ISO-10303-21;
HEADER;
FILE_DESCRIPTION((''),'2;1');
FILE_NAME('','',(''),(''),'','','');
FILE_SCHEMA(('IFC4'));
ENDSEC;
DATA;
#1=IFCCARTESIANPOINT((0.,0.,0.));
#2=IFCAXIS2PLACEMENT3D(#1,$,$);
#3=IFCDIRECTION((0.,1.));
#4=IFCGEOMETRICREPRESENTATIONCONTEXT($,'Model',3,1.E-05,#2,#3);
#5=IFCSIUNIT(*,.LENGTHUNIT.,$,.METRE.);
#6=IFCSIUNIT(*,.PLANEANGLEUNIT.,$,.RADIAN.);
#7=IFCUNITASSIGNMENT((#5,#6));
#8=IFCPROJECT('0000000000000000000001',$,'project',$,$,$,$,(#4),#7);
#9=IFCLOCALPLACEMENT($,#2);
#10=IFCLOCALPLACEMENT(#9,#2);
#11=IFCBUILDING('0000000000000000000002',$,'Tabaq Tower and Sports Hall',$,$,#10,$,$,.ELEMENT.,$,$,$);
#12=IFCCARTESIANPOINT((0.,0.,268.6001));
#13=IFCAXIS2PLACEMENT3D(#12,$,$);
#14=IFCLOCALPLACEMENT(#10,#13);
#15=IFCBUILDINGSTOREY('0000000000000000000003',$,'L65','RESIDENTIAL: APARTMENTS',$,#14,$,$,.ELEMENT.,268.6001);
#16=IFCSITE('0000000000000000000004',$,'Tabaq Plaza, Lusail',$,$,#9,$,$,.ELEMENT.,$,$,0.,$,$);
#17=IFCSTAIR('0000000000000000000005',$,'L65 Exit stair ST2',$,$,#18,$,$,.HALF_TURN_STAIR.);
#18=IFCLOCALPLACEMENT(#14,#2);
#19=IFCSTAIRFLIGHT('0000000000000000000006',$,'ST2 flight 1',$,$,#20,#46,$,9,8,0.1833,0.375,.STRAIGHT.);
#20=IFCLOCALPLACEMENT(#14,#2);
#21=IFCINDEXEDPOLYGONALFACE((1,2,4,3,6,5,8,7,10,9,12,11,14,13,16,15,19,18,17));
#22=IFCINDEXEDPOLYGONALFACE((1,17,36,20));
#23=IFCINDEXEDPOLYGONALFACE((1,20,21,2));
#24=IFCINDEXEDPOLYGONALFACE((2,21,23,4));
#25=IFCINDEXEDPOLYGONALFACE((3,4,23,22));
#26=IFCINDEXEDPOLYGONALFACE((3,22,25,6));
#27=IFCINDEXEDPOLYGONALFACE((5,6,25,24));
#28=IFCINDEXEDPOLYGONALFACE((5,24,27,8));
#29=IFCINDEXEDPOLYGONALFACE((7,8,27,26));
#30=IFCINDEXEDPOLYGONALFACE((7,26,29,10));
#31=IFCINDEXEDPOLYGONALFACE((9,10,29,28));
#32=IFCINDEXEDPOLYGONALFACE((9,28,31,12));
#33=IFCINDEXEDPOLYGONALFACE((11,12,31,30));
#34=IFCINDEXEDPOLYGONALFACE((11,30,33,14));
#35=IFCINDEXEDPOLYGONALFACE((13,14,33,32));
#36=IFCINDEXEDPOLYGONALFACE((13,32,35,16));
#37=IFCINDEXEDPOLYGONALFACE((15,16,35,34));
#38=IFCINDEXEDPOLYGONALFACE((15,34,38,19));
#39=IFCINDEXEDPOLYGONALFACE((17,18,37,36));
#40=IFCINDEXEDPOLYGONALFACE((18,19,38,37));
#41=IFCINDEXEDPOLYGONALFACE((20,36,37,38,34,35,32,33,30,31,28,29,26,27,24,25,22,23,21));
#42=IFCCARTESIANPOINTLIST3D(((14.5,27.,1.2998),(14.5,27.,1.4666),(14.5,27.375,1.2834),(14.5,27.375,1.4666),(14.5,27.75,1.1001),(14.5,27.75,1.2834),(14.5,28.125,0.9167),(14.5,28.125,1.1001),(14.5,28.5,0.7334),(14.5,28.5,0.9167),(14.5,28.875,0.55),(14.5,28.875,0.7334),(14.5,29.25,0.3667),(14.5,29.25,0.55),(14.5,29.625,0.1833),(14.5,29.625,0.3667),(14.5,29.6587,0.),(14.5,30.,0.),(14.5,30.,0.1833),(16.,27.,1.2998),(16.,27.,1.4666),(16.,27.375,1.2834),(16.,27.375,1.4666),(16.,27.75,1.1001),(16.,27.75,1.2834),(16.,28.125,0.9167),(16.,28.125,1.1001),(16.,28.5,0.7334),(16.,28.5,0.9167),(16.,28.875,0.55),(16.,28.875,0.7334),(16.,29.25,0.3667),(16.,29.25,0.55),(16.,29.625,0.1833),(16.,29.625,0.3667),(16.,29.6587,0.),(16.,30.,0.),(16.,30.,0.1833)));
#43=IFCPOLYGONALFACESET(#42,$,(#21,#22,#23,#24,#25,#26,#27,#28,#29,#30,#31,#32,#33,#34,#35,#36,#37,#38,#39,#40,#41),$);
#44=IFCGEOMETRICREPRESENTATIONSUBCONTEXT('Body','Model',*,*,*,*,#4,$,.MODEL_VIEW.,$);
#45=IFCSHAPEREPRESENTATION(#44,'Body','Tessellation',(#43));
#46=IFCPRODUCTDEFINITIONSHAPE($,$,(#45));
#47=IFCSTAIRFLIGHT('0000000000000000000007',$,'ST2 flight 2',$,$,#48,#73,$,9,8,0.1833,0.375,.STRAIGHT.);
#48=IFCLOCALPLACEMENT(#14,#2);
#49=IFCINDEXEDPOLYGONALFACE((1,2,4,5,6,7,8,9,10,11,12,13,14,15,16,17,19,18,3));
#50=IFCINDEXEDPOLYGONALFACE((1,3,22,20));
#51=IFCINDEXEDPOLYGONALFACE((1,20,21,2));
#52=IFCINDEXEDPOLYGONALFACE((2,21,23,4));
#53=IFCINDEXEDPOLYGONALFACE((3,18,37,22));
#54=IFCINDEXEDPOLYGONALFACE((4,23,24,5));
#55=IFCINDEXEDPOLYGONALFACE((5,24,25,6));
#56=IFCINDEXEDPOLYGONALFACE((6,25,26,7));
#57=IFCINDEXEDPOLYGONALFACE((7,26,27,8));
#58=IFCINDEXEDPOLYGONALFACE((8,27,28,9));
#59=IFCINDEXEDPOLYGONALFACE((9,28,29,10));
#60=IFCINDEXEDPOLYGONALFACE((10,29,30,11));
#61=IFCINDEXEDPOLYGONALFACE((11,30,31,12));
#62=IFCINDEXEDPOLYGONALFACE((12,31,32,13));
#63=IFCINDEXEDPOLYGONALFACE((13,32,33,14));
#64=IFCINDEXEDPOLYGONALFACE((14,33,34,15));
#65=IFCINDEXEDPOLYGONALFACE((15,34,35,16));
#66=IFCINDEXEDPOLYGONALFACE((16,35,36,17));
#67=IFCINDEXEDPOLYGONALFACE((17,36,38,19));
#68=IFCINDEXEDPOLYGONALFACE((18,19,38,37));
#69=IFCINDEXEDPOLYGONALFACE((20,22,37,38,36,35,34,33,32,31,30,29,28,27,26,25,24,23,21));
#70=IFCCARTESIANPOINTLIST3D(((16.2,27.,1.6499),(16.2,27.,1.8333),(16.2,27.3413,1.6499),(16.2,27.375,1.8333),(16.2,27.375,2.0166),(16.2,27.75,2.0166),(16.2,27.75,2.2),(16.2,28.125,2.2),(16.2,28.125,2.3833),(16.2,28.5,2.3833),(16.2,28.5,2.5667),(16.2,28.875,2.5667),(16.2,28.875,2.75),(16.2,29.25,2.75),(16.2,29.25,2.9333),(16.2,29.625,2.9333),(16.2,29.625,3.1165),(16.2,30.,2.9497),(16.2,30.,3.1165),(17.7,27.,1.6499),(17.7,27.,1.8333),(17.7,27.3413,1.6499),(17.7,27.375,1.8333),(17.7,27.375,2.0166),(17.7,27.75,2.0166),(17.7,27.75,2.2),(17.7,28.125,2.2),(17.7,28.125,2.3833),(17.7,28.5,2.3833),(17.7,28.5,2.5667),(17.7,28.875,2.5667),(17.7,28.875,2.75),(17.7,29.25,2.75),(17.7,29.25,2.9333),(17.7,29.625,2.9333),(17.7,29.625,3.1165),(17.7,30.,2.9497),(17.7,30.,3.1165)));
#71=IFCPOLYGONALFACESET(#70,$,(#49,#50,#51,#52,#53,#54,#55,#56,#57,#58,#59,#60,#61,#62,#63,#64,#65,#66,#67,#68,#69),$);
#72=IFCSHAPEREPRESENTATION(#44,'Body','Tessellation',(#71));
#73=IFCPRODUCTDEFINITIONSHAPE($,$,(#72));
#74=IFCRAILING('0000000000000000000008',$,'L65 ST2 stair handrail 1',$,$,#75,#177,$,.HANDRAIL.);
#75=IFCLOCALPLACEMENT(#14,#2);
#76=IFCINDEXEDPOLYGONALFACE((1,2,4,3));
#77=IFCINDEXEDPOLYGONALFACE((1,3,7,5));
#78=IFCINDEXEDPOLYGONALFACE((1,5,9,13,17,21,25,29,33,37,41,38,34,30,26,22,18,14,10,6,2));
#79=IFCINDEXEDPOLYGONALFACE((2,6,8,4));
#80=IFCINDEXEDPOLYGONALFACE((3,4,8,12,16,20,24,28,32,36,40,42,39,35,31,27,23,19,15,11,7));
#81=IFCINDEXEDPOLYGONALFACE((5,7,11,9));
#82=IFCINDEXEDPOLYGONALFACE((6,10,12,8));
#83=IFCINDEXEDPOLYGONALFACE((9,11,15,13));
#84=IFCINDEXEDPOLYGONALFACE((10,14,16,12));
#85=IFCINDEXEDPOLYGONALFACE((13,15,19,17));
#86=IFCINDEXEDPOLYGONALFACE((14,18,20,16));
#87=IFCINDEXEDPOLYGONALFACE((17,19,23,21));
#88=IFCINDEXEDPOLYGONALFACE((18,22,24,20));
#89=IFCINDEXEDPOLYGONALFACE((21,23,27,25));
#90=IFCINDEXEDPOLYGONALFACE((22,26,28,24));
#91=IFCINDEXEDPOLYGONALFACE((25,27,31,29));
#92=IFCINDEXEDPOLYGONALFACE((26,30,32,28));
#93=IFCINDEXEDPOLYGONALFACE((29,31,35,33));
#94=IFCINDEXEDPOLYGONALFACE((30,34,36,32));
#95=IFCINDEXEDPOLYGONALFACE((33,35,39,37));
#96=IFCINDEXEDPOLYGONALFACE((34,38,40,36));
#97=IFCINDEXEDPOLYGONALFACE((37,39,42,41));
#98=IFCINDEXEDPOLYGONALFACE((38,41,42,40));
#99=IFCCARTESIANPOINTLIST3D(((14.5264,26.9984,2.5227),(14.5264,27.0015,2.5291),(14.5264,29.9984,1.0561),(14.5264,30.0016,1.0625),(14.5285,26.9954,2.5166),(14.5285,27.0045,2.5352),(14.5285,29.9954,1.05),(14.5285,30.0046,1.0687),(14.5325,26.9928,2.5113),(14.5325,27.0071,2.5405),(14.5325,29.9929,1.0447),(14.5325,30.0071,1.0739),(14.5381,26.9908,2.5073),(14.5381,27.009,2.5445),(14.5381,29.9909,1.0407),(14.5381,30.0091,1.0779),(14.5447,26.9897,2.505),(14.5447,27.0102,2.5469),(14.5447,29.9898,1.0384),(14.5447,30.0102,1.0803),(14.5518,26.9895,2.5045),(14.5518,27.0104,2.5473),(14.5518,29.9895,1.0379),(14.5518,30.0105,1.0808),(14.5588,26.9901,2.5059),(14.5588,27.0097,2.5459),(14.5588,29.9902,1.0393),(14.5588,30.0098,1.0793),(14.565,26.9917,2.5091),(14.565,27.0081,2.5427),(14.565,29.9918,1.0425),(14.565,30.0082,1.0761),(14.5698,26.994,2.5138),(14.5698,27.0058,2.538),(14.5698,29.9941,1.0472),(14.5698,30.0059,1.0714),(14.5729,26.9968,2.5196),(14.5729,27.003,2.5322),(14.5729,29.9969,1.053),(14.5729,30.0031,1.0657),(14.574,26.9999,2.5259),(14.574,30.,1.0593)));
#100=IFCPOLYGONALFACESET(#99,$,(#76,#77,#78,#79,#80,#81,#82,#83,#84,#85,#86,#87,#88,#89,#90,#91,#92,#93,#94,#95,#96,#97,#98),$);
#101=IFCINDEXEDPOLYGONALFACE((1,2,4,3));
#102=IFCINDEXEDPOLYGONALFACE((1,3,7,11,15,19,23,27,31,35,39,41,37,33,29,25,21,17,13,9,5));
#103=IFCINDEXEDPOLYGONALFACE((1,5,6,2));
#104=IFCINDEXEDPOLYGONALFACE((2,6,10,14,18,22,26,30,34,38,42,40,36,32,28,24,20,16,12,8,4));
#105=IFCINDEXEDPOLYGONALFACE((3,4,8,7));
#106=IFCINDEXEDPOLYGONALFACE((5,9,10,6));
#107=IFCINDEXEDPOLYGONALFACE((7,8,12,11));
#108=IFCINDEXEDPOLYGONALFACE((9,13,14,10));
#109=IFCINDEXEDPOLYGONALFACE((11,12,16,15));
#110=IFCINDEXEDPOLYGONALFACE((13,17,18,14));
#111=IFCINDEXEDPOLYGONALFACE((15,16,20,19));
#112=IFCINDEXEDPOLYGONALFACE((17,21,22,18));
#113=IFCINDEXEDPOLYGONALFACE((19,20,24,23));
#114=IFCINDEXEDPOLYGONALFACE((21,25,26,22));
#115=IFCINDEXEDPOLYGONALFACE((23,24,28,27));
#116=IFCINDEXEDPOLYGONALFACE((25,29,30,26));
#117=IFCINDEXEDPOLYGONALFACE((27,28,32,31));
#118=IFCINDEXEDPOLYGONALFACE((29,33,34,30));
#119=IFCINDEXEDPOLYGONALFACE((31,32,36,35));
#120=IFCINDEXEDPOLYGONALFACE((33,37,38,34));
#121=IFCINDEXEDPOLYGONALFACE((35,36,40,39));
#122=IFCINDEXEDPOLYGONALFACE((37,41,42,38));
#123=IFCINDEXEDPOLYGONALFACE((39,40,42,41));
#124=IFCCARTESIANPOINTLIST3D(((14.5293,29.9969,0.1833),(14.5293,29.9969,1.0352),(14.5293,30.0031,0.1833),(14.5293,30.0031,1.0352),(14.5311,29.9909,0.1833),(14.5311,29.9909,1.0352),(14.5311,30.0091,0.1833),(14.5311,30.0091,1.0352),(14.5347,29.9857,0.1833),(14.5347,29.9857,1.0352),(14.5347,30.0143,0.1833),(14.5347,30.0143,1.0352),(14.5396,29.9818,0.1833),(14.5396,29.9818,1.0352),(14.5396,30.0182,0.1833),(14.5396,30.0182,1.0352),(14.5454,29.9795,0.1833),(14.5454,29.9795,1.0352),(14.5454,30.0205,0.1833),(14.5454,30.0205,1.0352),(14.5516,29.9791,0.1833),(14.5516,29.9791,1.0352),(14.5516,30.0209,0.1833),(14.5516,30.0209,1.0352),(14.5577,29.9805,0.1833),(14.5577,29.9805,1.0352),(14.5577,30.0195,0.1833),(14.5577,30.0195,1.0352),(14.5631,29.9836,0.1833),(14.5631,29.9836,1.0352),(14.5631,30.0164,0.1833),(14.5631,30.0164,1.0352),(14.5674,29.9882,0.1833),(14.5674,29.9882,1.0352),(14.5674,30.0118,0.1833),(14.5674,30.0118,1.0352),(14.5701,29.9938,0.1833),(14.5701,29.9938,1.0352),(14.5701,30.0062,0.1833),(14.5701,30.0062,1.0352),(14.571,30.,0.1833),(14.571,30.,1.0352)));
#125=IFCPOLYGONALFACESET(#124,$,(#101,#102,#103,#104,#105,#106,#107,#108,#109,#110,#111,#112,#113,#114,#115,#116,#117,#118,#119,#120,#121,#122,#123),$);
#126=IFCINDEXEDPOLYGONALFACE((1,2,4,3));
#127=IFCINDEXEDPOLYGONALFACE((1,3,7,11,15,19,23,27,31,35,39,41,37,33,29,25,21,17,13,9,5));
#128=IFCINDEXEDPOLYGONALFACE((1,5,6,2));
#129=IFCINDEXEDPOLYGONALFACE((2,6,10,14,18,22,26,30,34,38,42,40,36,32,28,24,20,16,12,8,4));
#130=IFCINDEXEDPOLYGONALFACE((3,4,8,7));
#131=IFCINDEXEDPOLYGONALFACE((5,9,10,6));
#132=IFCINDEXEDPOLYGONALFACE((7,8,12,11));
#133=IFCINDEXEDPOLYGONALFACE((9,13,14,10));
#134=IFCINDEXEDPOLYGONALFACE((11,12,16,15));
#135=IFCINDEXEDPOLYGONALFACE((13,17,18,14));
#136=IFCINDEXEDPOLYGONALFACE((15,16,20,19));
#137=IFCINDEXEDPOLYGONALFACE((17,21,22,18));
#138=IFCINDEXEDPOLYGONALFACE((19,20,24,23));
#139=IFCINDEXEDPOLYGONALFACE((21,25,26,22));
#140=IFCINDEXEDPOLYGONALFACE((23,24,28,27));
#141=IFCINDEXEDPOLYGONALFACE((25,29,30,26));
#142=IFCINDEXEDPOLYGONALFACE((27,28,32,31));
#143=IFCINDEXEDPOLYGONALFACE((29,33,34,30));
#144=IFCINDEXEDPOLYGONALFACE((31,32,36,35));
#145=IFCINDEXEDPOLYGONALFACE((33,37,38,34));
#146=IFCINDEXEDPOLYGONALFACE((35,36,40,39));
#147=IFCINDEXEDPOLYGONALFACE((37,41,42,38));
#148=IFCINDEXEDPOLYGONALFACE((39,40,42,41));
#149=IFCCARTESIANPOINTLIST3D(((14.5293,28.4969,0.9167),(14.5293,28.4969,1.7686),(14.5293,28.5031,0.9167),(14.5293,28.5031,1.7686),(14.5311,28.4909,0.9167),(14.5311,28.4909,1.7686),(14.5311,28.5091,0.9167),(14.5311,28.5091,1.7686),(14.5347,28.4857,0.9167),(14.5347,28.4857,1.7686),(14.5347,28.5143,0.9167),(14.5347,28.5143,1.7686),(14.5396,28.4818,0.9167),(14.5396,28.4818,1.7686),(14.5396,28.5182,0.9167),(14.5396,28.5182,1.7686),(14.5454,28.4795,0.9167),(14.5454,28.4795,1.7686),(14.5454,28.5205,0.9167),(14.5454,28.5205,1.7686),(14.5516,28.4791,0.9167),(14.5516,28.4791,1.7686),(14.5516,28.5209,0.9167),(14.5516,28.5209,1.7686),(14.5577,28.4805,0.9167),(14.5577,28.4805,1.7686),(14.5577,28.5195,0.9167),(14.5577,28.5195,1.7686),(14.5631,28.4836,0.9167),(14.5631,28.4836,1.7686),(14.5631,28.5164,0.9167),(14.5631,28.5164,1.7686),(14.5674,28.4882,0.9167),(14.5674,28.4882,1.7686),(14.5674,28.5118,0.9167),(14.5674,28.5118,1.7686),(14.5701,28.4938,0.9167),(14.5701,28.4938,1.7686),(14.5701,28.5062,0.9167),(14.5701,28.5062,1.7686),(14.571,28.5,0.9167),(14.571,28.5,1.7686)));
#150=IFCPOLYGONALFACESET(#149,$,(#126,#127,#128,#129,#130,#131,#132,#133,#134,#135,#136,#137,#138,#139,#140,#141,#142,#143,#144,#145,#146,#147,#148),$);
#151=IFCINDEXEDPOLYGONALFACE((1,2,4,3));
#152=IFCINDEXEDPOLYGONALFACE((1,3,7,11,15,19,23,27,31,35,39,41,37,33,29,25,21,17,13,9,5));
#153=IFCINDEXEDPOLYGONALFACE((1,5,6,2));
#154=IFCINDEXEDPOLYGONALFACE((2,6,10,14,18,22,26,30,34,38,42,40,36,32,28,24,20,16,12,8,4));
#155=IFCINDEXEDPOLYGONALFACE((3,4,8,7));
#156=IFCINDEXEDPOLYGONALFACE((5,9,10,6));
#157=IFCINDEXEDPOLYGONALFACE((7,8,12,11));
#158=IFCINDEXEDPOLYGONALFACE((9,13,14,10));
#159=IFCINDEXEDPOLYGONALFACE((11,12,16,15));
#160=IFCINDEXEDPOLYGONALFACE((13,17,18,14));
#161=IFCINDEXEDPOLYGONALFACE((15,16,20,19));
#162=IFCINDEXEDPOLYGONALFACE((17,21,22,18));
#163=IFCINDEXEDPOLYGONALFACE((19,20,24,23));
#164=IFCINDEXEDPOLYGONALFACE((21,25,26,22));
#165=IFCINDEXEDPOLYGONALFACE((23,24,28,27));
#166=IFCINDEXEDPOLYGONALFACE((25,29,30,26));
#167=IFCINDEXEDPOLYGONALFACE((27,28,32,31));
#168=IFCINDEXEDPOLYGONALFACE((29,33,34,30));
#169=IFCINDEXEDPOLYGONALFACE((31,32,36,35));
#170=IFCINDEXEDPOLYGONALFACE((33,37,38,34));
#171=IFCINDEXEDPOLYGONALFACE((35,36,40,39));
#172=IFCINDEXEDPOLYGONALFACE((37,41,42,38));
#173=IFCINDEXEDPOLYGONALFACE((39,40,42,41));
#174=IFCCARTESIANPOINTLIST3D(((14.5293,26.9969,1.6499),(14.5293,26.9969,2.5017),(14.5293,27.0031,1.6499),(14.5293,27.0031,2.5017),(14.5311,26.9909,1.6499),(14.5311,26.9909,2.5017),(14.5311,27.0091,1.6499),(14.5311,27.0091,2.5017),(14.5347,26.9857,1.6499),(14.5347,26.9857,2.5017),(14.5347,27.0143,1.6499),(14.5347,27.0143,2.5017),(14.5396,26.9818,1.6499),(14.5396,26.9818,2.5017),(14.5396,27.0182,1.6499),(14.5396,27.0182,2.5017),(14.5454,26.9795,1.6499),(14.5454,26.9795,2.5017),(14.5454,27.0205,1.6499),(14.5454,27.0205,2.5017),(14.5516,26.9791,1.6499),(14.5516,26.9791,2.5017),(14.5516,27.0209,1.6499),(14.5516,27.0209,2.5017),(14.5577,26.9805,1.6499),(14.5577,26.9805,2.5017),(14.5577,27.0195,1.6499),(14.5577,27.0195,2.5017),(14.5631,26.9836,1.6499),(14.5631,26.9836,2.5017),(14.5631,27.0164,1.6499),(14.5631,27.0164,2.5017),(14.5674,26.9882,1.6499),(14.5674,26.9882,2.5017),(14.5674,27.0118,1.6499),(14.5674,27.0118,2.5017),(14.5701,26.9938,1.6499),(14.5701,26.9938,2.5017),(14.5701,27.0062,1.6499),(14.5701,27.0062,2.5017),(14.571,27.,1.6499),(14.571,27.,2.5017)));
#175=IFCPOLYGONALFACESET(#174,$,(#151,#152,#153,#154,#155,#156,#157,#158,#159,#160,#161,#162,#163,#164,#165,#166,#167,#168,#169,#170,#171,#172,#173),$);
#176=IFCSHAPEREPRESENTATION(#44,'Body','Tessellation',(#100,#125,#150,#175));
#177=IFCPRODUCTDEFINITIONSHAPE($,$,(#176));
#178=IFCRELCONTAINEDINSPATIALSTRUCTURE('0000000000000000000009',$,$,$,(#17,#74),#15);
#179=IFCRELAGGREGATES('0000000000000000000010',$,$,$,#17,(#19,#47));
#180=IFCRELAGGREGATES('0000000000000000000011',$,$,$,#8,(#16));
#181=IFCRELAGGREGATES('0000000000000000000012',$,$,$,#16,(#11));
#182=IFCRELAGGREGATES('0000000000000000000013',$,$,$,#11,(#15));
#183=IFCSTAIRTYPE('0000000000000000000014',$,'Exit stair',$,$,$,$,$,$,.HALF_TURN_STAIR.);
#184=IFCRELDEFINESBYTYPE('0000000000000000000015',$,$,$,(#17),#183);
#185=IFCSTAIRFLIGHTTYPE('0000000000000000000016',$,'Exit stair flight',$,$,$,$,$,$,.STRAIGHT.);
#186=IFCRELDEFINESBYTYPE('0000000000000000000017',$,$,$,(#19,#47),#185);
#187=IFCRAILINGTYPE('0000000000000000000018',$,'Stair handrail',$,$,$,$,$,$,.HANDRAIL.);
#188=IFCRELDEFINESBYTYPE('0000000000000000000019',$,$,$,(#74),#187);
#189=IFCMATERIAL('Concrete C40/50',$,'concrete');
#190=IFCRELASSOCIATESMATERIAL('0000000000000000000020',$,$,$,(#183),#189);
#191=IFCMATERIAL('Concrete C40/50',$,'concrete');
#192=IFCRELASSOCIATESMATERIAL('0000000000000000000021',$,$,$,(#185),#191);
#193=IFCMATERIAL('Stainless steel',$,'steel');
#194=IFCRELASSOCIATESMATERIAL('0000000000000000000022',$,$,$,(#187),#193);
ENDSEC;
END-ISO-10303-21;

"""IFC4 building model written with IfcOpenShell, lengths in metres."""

from ifc_helpers import new_model, si_unit, direction, frame, origin, origin_2d, place, context, subcontext, project, spatial, polyline, circle, outline, extrude, material, type_object, element, aggregate, save


model = new_model("IFC4")

# Units and contexts
model_context = context("Model", 3, precision=1e-05, world=origin(), true_north=direction((0.0, 1.0)))
body_context = subcontext(model_context, "Body", "Model", "MODEL_VIEW")
ifc_project = project(units=[si_unit("LENGTHUNIT", "METRE"), si_unit("PLANEANGLEUNIT", "RADIAN")], contexts=[model_context])

# Site, building, storey
site_placement = place(None, origin())
site = spatial("IfcSite", under=ifc_project, at=site_placement, Name="Tabaq Plaza, Lusail", CompositionType="ELEMENT", RefElevation=0.0)
building_placement = place(site_placement, origin())
building = spatial("IfcBuilding", under=site, at=building_placement, Name="Tabaq Tower and Sports Hall", CompositionType="ELEMENT")
storey_placement = place(building_placement, frame((0.0, 0.0, 268.6001)))
storey = spatial("IfcBuildingStorey", under=building, at=storey_placement, Name="L65", Description="RESIDENTIAL: APARTMENTS", CompositionType="ELEMENT", Elevation=268.6001)

# Stair, stair flights
ifc_material_1 = material(Name="Concrete C40/50", Category="concrete")
stair_type = type_object("IfcStairType", Name="Exit stair", PredefinedType="HALF_TURN_STAIR", material=ifc_material_1)
stair_placement = place(storey_placement, origin())
stair = element("IfcStair", 1, at=stair_placement, inside=storey, type_object=stair_type, Name="L65 Exit stair ST2", PredefinedType="HALF_TURN_STAIR")
ifc_material_2 = material(Name="Concrete C40/50", Category="concrete")
stair_flight_type = type_object("IfcStairFlightType", Name="Exit stair flight", PredefinedType="STRAIGHT", material=ifc_material_2)
stair_flight_1_placement = place(storey_placement, frame((15.25, 30.0, 0.0), z_axis=(0.0, 0.0, 1.0), x_axis=(0.0, -1.0, 0.0)))
stair_flight_1 = element("IfcStairFlight", 2, at=stair_flight_1_placement, type_object=stair_flight_type, Name="ST2 flight 1", NumberOfRisers=9, NumberOfTreads=8, PredefinedType="STRAIGHT", RiserHeight=0.1833, TreadLength=0.375, context=body_context, shape_type="SweptSolid", body=[
    extrude(outline(polyline([(0.0, 0.0), (0.0, 0.1833), (0.375, 0.1833), (0.375, 0.3667), (0.75, 0.3667), (0.75, 0.55), (1.125, 0.55), (1.125, 0.7334), (1.5, 0.7334), (1.5, 0.9167), (1.875, 0.9167), (1.875, 1.1001), (2.25, 1.1001), (2.25, 1.2834), (2.625, 1.2834), (2.625, 1.4666), (3.0, 1.4666), (3.0, 1.6499), (3.0, 1.2998), (0.3413, 0.0), (0.0, 0.0)])), frame((0.0, 0.75, 0.0), z_axis=(0.0, -1.0, 0.0), x_axis=(1.0, 0.0, 0.0)), (0.0, 0.0, 1.0), 1.5),
])
stair_flight_2_placement = place(storey_placement, frame((16.95, 27.0, 1.6499), z_axis=(0.0, 0.0, 1.0), x_axis=(0.0, 1.0, 0.0)))
stair_flight_2 = element("IfcStairFlight", 3, at=stair_flight_2_placement, type_object=stair_flight_type, Name="ST2 flight 2", NumberOfRisers=9, NumberOfTreads=8, PredefinedType="STRAIGHT", RiserHeight=0.1833, TreadLength=0.375, context=body_context, shape_type="SweptSolid", body=[
    extrude(outline(polyline([(0.0, 0.0), (0.0, 0.1833), (0.375, 0.1833), (0.375, 0.3667), (0.75, 0.3667), (0.75, 0.55), (1.125, 0.55), (1.125, 0.7334), (1.5, 0.7334), (1.5, 0.9167), (1.875, 0.9167), (1.875, 1.1001), (2.25, 1.1001), (2.25, 1.2834), (2.625, 1.2834), (2.625, 1.4666), (3.0, 1.4666), (3.0, 1.6499), (3.0, 1.2998), (0.3413, 0.0), (0.0, 0.0)])), frame((0.0, 0.75, 0.0), z_axis=(0.0, -1.0, 0.0), x_axis=(1.0, 0.0, 0.0)), (0.0, 0.0, 1.0), 1.5),
])
aggregate(stair, [stair_flight_1, stair_flight_2])

# Railing
ifc_material_3 = material(Name="Stainless steel", Category="steel")
railing_type_1 = type_object("IfcRailingType", Name="Stair handrail", PredefinedType="HANDRAIL", material=ifc_material_3)
railing_1_placement = place(storey_placement, frame((14.55, 30.0, 0.1833)))
element("IfcRailing", 4, at=railing_1_placement, inside=storey, type_object=railing_type_1, Name="L65 ST2 stair handrail 1", PredefinedType="HANDRAIL", context=body_context, shape_type="SweptSolid", body=[
    extrude(circle(Radius=0.0239, at=origin_2d()), frame((0.0, 0.0, 0.876), z_axis=(0.0, -0.898398, 0.439183), x_axis=(1.0, 0.0, 0.0)), (0.0, 0.0, 1.0), 3.3394),
    extrude(circle(Radius=0.021, at=origin_2d()), origin(), (0.0, 0.0, 1.0), 0.8518),
    extrude(circle(Radius=0.021, at=origin_2d()), frame((0.0, -1.5, 0.7334)), (0.0, 0.0, 1.0), 0.8518),
    extrude(circle(Radius=0.021, at=origin_2d()), frame((0.0, -3.0, 1.4666)), (0.0, 0.0, 1.0), 0.8518),
])

save(model, "model.ifc")
